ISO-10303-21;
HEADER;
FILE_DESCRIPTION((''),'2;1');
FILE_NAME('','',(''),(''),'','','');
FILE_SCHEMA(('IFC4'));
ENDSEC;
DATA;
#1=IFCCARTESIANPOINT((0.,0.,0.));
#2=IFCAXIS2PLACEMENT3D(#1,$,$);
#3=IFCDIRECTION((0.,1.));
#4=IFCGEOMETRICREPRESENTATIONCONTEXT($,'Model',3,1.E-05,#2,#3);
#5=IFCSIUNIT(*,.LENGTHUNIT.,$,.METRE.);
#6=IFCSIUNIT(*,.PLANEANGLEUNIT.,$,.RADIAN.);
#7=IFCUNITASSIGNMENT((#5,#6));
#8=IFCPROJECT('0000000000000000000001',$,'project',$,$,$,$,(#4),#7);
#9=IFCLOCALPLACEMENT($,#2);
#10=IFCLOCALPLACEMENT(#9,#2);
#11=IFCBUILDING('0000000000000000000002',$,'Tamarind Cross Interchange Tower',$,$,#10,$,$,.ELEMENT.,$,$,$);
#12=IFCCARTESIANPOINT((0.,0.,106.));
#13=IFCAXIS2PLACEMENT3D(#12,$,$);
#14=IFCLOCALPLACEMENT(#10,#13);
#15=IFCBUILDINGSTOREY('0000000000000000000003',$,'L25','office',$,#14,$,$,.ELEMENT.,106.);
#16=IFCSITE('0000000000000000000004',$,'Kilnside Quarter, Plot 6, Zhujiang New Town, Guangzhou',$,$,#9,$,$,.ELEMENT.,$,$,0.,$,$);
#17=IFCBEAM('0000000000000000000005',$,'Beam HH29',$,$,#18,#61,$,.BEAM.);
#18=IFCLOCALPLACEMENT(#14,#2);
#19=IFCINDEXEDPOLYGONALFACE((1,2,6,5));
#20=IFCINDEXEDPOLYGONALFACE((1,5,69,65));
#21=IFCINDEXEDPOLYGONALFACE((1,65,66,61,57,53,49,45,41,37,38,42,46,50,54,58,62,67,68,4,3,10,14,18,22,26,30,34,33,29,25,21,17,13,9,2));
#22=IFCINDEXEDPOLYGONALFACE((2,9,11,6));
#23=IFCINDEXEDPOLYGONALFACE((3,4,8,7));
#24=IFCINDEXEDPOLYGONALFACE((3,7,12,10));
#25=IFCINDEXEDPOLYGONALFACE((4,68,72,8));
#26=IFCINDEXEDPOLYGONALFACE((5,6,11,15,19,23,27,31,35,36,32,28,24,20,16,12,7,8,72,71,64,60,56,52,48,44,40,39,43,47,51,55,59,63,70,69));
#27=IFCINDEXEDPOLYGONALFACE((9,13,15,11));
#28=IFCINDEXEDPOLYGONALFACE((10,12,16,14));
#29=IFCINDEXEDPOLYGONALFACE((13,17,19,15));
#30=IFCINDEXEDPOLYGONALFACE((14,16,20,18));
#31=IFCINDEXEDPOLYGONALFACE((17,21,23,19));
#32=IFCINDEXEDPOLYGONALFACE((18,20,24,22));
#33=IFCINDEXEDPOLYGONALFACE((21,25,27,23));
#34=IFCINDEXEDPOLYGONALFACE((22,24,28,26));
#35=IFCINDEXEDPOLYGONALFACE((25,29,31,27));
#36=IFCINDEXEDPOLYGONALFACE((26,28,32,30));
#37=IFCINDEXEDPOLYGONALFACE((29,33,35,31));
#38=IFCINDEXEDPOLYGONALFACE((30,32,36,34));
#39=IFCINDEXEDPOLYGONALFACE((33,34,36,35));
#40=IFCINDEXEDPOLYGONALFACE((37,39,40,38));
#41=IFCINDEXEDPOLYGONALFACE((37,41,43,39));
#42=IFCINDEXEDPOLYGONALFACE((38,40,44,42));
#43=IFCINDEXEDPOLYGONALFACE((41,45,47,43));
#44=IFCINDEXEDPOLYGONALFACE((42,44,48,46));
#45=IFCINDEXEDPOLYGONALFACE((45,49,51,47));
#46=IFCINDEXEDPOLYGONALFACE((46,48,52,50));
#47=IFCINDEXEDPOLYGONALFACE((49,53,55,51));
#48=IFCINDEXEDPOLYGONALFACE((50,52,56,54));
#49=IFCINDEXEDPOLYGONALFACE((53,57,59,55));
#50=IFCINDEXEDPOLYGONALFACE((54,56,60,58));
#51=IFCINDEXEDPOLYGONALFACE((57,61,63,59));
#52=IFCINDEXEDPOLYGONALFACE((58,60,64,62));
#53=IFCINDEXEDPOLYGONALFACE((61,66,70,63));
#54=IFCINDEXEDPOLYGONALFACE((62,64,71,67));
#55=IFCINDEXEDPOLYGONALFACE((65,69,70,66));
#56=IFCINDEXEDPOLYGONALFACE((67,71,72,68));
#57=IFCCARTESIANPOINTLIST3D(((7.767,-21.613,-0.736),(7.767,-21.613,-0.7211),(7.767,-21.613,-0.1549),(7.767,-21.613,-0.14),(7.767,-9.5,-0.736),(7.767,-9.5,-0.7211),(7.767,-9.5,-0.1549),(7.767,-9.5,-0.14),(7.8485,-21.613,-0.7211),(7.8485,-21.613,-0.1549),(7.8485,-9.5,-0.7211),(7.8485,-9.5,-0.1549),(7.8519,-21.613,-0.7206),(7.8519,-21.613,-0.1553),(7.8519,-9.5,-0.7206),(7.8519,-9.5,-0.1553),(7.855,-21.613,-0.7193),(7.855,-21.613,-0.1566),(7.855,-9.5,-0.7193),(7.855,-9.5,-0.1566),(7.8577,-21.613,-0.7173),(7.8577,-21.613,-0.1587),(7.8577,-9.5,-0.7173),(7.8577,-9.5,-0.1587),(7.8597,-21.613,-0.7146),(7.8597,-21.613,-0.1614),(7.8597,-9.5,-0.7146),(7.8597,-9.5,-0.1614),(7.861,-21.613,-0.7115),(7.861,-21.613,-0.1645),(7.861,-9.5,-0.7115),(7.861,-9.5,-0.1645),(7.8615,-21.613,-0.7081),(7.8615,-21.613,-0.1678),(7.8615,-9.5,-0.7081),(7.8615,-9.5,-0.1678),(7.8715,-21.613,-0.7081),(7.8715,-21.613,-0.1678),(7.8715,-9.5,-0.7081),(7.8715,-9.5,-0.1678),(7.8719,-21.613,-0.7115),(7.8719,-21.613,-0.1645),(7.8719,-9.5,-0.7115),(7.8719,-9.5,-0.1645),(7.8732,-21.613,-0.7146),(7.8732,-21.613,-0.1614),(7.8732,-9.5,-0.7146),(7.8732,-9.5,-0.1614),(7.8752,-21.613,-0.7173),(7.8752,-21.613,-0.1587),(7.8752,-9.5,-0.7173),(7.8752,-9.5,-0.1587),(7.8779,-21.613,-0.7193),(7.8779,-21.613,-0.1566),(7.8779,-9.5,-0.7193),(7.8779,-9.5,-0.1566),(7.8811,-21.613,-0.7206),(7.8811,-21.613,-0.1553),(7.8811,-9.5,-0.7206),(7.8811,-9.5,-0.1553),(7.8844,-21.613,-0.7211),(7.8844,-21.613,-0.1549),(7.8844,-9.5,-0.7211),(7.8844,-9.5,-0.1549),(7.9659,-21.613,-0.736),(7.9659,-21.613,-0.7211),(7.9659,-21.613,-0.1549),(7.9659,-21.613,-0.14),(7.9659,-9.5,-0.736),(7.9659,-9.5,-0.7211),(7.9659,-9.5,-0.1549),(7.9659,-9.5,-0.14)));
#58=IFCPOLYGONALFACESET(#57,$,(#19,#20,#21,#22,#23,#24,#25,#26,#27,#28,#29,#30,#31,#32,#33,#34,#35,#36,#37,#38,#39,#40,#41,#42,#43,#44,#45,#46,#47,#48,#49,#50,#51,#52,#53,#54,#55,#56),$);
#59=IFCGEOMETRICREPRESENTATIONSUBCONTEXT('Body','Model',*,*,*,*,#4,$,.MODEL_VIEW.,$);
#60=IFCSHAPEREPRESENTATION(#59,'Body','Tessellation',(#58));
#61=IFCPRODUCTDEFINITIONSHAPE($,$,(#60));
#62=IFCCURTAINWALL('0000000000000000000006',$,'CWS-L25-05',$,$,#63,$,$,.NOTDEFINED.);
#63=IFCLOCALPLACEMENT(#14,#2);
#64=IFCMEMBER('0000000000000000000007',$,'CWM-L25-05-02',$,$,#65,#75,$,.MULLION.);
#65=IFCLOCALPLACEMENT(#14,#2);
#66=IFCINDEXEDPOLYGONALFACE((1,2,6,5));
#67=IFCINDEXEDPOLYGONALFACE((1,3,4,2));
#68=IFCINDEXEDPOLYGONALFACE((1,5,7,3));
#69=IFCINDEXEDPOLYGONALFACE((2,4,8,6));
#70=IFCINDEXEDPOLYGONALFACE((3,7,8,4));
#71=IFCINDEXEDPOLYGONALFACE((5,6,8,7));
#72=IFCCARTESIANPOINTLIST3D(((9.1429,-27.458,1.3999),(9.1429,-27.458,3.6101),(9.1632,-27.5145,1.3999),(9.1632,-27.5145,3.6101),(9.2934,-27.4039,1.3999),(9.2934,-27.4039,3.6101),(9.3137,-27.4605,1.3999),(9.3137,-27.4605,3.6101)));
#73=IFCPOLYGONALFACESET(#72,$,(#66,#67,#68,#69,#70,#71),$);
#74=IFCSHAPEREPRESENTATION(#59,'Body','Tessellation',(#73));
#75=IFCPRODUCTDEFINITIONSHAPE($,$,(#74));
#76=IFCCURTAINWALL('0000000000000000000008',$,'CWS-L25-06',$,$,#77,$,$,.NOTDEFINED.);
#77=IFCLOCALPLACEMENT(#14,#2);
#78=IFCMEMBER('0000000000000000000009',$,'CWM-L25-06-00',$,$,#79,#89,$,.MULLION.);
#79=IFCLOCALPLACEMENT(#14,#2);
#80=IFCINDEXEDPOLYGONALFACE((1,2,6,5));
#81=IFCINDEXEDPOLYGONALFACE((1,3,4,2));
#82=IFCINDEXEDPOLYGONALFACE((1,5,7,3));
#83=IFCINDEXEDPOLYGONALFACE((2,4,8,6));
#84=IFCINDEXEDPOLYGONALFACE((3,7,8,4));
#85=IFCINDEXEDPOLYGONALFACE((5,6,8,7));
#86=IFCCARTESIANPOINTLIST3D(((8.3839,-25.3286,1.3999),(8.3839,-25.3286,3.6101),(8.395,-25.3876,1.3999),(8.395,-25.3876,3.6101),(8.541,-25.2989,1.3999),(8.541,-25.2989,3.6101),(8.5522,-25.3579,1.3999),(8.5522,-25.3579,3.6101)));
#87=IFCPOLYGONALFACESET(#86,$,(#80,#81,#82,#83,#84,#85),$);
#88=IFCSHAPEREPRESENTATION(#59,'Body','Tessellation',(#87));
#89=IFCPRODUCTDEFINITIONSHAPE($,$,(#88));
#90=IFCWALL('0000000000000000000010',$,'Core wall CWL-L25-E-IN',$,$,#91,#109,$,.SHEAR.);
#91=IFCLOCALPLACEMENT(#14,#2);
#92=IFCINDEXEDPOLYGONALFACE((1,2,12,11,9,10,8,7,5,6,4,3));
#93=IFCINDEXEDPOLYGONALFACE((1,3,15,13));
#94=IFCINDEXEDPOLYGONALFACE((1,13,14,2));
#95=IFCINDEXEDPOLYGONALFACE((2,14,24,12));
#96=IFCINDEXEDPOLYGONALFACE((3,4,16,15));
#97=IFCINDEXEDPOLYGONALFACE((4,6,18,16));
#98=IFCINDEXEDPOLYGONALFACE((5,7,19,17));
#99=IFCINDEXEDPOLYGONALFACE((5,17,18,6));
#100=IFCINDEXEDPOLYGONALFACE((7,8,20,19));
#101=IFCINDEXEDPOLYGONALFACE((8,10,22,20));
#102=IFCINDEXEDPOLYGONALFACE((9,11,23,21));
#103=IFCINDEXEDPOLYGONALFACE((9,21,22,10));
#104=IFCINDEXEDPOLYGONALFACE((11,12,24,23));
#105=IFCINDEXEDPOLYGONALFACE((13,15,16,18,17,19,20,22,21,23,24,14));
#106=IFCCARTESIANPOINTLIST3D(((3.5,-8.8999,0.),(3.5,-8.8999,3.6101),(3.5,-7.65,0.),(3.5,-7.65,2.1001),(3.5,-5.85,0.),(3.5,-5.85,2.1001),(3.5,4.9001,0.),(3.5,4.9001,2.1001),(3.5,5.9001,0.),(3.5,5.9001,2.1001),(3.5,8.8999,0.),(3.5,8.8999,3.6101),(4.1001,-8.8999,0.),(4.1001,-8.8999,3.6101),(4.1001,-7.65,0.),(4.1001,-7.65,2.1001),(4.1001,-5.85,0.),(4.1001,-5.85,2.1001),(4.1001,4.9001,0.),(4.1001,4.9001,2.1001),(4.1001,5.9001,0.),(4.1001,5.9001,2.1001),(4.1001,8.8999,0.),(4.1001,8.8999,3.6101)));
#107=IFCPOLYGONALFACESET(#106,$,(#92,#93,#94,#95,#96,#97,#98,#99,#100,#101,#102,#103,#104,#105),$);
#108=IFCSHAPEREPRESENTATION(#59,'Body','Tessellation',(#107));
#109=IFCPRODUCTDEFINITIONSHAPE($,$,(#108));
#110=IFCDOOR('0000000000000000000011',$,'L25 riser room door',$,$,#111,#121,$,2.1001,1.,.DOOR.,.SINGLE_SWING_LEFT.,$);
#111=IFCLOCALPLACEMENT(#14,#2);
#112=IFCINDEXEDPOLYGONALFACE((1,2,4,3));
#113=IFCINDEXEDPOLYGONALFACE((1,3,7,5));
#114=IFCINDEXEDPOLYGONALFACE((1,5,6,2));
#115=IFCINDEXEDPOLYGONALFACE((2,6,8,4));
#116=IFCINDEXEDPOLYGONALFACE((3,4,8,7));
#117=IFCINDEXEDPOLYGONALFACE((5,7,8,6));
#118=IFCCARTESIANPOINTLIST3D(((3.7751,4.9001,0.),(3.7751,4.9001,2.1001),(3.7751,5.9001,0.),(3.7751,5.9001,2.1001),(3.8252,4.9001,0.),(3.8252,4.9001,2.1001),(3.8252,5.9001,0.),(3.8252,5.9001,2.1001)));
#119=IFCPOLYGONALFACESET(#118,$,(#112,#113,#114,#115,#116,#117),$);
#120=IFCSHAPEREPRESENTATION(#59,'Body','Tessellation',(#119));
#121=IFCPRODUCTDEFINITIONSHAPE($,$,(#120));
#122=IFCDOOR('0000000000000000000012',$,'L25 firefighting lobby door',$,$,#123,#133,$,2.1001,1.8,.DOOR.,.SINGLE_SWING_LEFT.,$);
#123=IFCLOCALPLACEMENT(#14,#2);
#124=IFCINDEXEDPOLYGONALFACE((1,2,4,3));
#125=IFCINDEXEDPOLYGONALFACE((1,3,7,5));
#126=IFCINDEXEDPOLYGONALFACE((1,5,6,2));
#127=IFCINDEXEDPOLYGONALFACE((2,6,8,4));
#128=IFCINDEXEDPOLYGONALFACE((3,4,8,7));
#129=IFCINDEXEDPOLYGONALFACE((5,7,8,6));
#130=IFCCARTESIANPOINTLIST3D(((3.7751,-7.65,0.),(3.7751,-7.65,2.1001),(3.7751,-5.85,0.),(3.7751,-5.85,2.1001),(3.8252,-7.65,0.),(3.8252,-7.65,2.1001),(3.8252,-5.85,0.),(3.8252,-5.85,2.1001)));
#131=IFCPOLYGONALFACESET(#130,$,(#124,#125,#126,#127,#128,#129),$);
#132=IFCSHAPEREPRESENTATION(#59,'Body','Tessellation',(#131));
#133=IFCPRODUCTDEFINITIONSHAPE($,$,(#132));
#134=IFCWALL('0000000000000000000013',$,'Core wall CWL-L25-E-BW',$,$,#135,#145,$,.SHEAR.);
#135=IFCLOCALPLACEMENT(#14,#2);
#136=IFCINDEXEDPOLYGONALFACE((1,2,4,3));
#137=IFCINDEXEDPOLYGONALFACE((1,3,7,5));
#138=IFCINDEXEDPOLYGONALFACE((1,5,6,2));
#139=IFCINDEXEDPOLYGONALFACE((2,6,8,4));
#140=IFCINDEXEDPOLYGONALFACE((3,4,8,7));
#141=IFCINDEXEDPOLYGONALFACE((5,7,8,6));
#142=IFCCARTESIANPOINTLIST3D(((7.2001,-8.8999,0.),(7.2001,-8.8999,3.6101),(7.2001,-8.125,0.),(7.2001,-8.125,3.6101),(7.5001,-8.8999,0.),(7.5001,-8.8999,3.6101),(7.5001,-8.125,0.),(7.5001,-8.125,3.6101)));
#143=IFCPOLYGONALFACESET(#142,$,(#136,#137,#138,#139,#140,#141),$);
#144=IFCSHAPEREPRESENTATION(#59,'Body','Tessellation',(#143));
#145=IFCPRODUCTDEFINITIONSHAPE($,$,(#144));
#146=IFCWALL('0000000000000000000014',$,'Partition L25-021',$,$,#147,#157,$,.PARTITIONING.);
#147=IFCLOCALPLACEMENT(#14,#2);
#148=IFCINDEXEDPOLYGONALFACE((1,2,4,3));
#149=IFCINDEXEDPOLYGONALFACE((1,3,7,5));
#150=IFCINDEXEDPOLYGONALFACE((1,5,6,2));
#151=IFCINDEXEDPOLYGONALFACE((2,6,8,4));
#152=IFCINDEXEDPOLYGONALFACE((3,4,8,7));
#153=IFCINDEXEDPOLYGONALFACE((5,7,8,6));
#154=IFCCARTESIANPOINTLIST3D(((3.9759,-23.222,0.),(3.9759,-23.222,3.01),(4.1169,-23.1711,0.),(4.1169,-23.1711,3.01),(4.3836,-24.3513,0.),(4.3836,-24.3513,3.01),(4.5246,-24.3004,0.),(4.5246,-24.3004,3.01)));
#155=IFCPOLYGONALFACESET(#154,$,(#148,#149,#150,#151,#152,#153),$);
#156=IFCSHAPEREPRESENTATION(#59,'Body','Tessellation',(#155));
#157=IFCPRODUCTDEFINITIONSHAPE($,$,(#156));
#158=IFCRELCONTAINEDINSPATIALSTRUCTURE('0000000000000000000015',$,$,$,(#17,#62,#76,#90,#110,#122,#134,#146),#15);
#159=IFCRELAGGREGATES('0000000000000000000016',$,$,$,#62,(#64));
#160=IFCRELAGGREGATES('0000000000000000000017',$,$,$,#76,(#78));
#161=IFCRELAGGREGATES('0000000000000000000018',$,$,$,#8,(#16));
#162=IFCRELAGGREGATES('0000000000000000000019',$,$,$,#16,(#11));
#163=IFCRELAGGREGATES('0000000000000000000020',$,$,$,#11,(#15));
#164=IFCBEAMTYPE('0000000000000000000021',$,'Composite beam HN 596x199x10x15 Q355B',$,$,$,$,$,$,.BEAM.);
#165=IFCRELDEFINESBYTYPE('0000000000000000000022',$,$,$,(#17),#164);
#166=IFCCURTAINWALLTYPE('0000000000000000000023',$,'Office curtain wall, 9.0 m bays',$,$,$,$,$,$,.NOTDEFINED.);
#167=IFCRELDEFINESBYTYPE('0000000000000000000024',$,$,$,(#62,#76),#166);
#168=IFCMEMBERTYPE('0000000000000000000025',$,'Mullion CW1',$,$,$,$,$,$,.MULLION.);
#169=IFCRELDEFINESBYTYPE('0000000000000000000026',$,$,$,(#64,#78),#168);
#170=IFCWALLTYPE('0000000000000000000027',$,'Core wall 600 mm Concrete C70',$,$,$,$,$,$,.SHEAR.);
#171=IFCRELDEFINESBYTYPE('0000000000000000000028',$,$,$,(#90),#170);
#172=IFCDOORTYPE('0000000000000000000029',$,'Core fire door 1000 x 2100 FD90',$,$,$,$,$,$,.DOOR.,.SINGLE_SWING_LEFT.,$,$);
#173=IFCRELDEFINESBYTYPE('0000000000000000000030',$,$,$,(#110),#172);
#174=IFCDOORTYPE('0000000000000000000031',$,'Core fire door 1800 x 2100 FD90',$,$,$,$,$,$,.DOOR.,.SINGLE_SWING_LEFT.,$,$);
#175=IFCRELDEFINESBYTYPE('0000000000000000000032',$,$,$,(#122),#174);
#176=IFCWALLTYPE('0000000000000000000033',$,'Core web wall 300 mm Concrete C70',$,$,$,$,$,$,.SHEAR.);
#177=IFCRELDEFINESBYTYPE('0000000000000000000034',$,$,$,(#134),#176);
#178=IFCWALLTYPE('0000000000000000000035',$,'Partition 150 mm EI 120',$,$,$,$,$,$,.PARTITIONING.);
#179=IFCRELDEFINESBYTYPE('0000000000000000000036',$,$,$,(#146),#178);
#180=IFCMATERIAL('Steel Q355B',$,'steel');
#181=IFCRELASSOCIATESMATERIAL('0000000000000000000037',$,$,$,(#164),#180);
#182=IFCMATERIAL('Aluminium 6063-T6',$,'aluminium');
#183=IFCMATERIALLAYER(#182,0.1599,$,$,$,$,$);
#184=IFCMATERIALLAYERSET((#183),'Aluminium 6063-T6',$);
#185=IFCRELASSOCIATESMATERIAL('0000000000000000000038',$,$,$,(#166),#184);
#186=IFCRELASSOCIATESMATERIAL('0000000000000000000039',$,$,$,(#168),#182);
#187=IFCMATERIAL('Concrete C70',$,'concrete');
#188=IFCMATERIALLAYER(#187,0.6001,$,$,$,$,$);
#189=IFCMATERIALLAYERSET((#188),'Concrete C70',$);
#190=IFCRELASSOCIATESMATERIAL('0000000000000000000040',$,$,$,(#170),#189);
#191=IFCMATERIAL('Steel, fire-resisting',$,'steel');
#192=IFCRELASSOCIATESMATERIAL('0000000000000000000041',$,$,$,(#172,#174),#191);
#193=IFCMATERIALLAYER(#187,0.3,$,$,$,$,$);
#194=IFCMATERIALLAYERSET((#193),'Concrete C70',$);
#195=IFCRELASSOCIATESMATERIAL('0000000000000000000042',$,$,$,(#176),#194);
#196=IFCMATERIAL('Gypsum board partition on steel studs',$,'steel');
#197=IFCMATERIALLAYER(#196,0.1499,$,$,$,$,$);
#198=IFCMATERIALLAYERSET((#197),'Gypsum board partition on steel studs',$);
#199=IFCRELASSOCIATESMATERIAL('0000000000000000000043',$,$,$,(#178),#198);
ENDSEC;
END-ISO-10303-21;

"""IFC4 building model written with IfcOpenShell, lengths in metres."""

from ifc_helpers import new_model, si_unit, direction, frame, frame_2d, origin, origin_2d, place, context, subcontext, project, spatial, rectangle, i_section, extrude, material, layer, layer_set, material_profile, profile_set, type_object, element, fill, aggregate, save


model = new_model("IFC4")

# Units and contexts
model_context = context("Model", 3, precision=1e-05, world=origin(), true_north=direction((0.0, 1.0)))
body_context = subcontext(model_context, "Body", "Model", "MODEL_VIEW")
ifc_project = project(units=[si_unit("LENGTHUNIT", "METRE"), si_unit("PLANEANGLEUNIT", "RADIAN")], contexts=[model_context])

# Site, building, storey
site_placement = place(None, origin())
site = spatial("IfcSite", under=ifc_project, at=site_placement, Name="Kilnside Quarter, Plot 6, Zhujiang New Town, Guangzhou", CompositionType="ELEMENT", RefElevation=0.0)
building_placement = place(site_placement, origin())
building = spatial("IfcBuilding", under=site, at=building_placement, Name="Tamarind Cross Interchange Tower", CompositionType="ELEMENT")
storey_placement = place(building_placement, frame((0.0, 0.0, 106.0)))
storey = spatial("IfcBuildingStorey", under=building, at=storey_placement, Name="L25", Description="office", CompositionType="ELEMENT", Elevation=106.0)

# Beam
ifc_material_1 = material(Name="Steel Q355B", Category="steel")
ifc_material_profile_1 = material_profile(ifc_material_1, i_section(OverallWidth=0.199, OverallDepth=0.5959, WebThickness=0.01, FlangeThickness=0.0149, FilletRadius=0.0129, at=origin_2d()), Name="HN 596x199x10x15")
ifc_profile_set_1 = profile_set([ifc_material_profile_1], Name="Steel Q355B")
beam_type = type_object("IfcBeamType", Name="Composite beam HN 596x199x10x15 Q355B", PredefinedType="BEAM", material=ifc_profile_set_1)
beam_1_placement = place(storey_placement, frame((7.8665, -21.613, -0.438), z_axis=(0.0, 1.0, 0.0), x_axis=(-1.0, 0.0, 0.0)))
element("IfcBeam", 1, at=beam_1_placement, inside=storey, type_object=beam_type, Name="Beam HH29", PredefinedType="BEAM", context=body_context, shape_type="SweptSolid", body=[
    extrude(i_section(OverallWidth=0.199, OverallDepth=0.5959, WebThickness=0.01, FlangeThickness=0.0149, FilletRadius=0.0129, at=origin_2d()), origin(), (0.0, 0.0, 1.0), 12.113),
])

# Curtain walls, members
ifc_material_2 = material(Name="Aluminium 6063-T6", Category="aluminium")
ifc_layer_1 = layer(ifc_material_2, 0.1599)
ifc_layer_set_1 = layer_set([ifc_layer_1], Name="Aluminium 6063-T6")
curtain_wall_type = type_object("IfcCurtainWallType", Name="Office curtain wall, 9.0 m bays", PredefinedType="NOTDEFINED", material=ifc_layer_set_1)
curtain_wall_1_placement = place(storey_placement, origin())
curtain_wall_1 = element("IfcCurtainWall", 2, at=curtain_wall_1_placement, inside=storey, type_object=curtain_wall_type, Name="CWS-L25-05", PredefinedType="NOTDEFINED")
ifc_material_profile_2 = material_profile(ifc_material_2, rectangle(XDim=0.0601, YDim=0.1599, at=origin_2d()), Name="Mullion CW1")
ifc_profile_set_2 = profile_set([ifc_material_profile_2], Name="Aluminium 6063-T6")
member_type = type_object("IfcMemberType", Name="Mullion CW1", PredefinedType="MULLION", material=ifc_profile_set_2)
member_1_placement = place(storey_placement, frame((9.2283, -27.4592, 1.3999), z_axis=(0.0, 0.0, 1.0), x_axis=(-0.338129, 0.9411, 0.0)))
member_1 = element("IfcMember", 3, at=member_1_placement, type_object=member_type, Name="CWM-L25-05-02", PredefinedType="MULLION", context=body_context, shape_type="SweptSolid", body=[
    extrude(rectangle(XDim=0.0601, YDim=0.1599, at=origin_2d()), origin(), (0.0, 0.0, 1.0), 2.2102),
])
aggregate(curtain_wall_1, [member_1])
curtain_wall_2_placement = place(storey_placement, origin())
curtain_wall_2 = element("IfcCurtainWall", 4, at=curtain_wall_2_placement, inside=storey, type_object=curtain_wall_type, Name="CWS-L25-06", PredefinedType="NOTDEFINED")
member_2_placement = place(storey_placement, frame((8.468, -25.3433, 1.3999), z_axis=(0.0, 0.0, 1.0), x_axis=(-0.185607, 0.982624, 0.0)))
member_2 = element("IfcMember", 5, at=member_2_placement, type_object=member_type, Name="CWM-L25-06-00", PredefinedType="MULLION", context=body_context, shape_type="SweptSolid", body=[
    extrude(rectangle(XDim=0.0601, YDim=0.1599, at=origin_2d()), origin(), (0.0, 0.0, 1.0), 2.2102),
])
aggregate(curtain_wall_2, [member_2])

# Wall, openings, doors
ifc_material_3 = material(Name="Concrete C70", Category="concrete")
ifc_layer_2 = layer(ifc_material_3, 0.6001)
ifc_layer_set_2 = layer_set([ifc_layer_2], Name="Concrete C70")
wall_type_1 = type_object("IfcWallType", Name="Core wall 600 mm Concrete C70", PredefinedType="SHEAR", material=ifc_layer_set_2)
wall_1_placement = place(storey_placement, frame((3.8, -8.8999, 0.0), z_axis=(0.0, 0.0, 1.0), x_axis=(0.0, 1.0, 0.0)))
wall_1 = element("IfcWall", 6, at=wall_1_placement, inside=storey, type_object=wall_type_1, Name="Core wall CWL-L25-E-IN", PredefinedType="SHEAR", context=body_context, shape_type="SweptSolid", body=[
    extrude(rectangle(XDim=17.7998, YDim=0.6001, at=frame_2d((8.8999, 0.0))), origin(), (0.0, 0.0, 1.0), 3.6101),
])
opening_1_placement = place(wall_1_placement, frame((1.25, 0.0, 0.0)))
opening_1 = element("IfcOpeningElement", 7, at=opening_1_placement, cuts=wall_1, PredefinedType="OPENING", context=body_context, shape_type="SweptSolid", body=[
    extrude(rectangle(XDim=1.8, YDim=2.1001, at=frame_2d((0.8999, 1.05))), frame((0.0, 0.3101, 0.0), z_axis=(0.0, -1.0, 0.0), x_axis=(1.0, 0.0, 0.0)), (0.0, 0.0, 1.0), 0.6201),
])
opening_2_placement = place(wall_1_placement, frame((13.8, 0.0, 0.0)))
opening_2 = element("IfcOpeningElement", 8, at=opening_2_placement, cuts=wall_1, PredefinedType="OPENING", context=body_context, shape_type="SweptSolid", body=[
    extrude(rectangle(XDim=1.0, YDim=2.1001, at=frame_2d((0.5, 1.05))), frame((0.0, 0.3101, 0.0), z_axis=(0.0, -1.0, 0.0), x_axis=(1.0, 0.0, 0.0)), (0.0, 0.0, 1.0), 0.6201),
])
ifc_material_4 = material(Name="Steel, fire-resisting", Category="steel")
door_type_1 = type_object("IfcDoorType", Name="Core fire door 1000 x 2100 FD90", OperationType="SINGLE_SWING_LEFT", PredefinedType="DOOR", material=ifc_material_4)
door_1_placement = place(opening_2_placement, origin())
door_1 = element("IfcDoor", 9, at=door_1_placement, inside=storey, type_object=door_type_1, Name="L25 riser room door", OperationType="SINGLE_SWING_LEFT", OverallHeight=2.1001, OverallWidth=1.0, PredefinedType="DOOR", context=body_context, shape_type="SweptSolid", body=[
    extrude(rectangle(XDim=1.0, YDim=2.1001, at=frame_2d((0.5, 1.05))), frame((0.0, 0.0249, 0.0), z_axis=(0.0, -1.0, 0.0), x_axis=(1.0, 0.0, 0.0)), (0.0, 0.0, 1.0), 0.05),
])
fill(opening_2, door_1)
door_type_2 = type_object("IfcDoorType", Name="Core fire door 1800 x 2100 FD90", OperationType="SINGLE_SWING_LEFT", PredefinedType="DOOR", material=ifc_material_4)
door_2_placement = place(opening_1_placement, origin())
door_2 = element("IfcDoor", 10, at=door_2_placement, inside=storey, type_object=door_type_2, Name="L25 firefighting lobby door", OperationType="SINGLE_SWING_LEFT", OverallHeight=2.1001, OverallWidth=1.8, PredefinedType="DOOR", context=body_context, shape_type="SweptSolid", body=[
    extrude(rectangle(XDim=1.8, YDim=2.1001, at=frame_2d((0.8999, 1.05))), frame((0.0, 0.0249, 0.0), z_axis=(0.0, -1.0, 0.0), x_axis=(1.0, 0.0, 0.0)), (0.0, 0.0, 1.0), 0.05),
])
fill(opening_1, door_2)

# Walls
ifc_layer_3 = layer(ifc_material_3, 0.3)
ifc_layer_set_3 = layer_set([ifc_layer_3], Name="Concrete C70")
wall_type_2 = type_object("IfcWallType", Name="Core web wall 300 mm Concrete C70", PredefinedType="SHEAR", material=ifc_layer_set_3)
wall_2_placement = place(storey_placement, frame((7.3501, -8.8999, 0.0), z_axis=(0.0, 0.0, 1.0), x_axis=(0.0, 1.0, 0.0)))
element("IfcWall", 11, at=wall_2_placement, inside=storey, type_object=wall_type_2, Name="Core wall CWL-L25-E-BW", PredefinedType="SHEAR", context=body_context, shape_type="SweptSolid", body=[
    extrude(rectangle(XDim=0.7749, YDim=0.3, at=frame_2d((0.3875, 0.0))), origin(), (0.0, 0.0, 1.0), 3.6101),
])
ifc_material_5 = material(Name="Gypsum board partition on steel studs", Category="steel")
ifc_layer_4 = layer(ifc_material_5, 0.1499)
ifc_layer_set_4 = layer_set([ifc_layer_4], Name="Gypsum board partition on steel studs")
wall_type_3 = type_object("IfcWallType", Name="Partition 150 mm EI 120", PredefinedType="PARTITIONING", material=ifc_layer_set_4)
wall_3_placement = place(storey_placement, frame((4.0464, -23.1965, 0.0), z_axis=(0.0, 0.0, 1.0), x_axis=(0.339555, -0.940586, 0.0)))
element("IfcWall", 12, at=wall_3_placement, inside=storey, type_object=wall_type_3, Name="Partition L25-021", PredefinedType="PARTITIONING", context=body_context, shape_type="SweptSolid", body=[
    extrude(rectangle(XDim=1.2007, YDim=0.1499, at=frame_2d((0.6003, 0.0))), origin(), (0.0, 0.0, 1.0), 3.01),
])

save(model, "model.ifc")
